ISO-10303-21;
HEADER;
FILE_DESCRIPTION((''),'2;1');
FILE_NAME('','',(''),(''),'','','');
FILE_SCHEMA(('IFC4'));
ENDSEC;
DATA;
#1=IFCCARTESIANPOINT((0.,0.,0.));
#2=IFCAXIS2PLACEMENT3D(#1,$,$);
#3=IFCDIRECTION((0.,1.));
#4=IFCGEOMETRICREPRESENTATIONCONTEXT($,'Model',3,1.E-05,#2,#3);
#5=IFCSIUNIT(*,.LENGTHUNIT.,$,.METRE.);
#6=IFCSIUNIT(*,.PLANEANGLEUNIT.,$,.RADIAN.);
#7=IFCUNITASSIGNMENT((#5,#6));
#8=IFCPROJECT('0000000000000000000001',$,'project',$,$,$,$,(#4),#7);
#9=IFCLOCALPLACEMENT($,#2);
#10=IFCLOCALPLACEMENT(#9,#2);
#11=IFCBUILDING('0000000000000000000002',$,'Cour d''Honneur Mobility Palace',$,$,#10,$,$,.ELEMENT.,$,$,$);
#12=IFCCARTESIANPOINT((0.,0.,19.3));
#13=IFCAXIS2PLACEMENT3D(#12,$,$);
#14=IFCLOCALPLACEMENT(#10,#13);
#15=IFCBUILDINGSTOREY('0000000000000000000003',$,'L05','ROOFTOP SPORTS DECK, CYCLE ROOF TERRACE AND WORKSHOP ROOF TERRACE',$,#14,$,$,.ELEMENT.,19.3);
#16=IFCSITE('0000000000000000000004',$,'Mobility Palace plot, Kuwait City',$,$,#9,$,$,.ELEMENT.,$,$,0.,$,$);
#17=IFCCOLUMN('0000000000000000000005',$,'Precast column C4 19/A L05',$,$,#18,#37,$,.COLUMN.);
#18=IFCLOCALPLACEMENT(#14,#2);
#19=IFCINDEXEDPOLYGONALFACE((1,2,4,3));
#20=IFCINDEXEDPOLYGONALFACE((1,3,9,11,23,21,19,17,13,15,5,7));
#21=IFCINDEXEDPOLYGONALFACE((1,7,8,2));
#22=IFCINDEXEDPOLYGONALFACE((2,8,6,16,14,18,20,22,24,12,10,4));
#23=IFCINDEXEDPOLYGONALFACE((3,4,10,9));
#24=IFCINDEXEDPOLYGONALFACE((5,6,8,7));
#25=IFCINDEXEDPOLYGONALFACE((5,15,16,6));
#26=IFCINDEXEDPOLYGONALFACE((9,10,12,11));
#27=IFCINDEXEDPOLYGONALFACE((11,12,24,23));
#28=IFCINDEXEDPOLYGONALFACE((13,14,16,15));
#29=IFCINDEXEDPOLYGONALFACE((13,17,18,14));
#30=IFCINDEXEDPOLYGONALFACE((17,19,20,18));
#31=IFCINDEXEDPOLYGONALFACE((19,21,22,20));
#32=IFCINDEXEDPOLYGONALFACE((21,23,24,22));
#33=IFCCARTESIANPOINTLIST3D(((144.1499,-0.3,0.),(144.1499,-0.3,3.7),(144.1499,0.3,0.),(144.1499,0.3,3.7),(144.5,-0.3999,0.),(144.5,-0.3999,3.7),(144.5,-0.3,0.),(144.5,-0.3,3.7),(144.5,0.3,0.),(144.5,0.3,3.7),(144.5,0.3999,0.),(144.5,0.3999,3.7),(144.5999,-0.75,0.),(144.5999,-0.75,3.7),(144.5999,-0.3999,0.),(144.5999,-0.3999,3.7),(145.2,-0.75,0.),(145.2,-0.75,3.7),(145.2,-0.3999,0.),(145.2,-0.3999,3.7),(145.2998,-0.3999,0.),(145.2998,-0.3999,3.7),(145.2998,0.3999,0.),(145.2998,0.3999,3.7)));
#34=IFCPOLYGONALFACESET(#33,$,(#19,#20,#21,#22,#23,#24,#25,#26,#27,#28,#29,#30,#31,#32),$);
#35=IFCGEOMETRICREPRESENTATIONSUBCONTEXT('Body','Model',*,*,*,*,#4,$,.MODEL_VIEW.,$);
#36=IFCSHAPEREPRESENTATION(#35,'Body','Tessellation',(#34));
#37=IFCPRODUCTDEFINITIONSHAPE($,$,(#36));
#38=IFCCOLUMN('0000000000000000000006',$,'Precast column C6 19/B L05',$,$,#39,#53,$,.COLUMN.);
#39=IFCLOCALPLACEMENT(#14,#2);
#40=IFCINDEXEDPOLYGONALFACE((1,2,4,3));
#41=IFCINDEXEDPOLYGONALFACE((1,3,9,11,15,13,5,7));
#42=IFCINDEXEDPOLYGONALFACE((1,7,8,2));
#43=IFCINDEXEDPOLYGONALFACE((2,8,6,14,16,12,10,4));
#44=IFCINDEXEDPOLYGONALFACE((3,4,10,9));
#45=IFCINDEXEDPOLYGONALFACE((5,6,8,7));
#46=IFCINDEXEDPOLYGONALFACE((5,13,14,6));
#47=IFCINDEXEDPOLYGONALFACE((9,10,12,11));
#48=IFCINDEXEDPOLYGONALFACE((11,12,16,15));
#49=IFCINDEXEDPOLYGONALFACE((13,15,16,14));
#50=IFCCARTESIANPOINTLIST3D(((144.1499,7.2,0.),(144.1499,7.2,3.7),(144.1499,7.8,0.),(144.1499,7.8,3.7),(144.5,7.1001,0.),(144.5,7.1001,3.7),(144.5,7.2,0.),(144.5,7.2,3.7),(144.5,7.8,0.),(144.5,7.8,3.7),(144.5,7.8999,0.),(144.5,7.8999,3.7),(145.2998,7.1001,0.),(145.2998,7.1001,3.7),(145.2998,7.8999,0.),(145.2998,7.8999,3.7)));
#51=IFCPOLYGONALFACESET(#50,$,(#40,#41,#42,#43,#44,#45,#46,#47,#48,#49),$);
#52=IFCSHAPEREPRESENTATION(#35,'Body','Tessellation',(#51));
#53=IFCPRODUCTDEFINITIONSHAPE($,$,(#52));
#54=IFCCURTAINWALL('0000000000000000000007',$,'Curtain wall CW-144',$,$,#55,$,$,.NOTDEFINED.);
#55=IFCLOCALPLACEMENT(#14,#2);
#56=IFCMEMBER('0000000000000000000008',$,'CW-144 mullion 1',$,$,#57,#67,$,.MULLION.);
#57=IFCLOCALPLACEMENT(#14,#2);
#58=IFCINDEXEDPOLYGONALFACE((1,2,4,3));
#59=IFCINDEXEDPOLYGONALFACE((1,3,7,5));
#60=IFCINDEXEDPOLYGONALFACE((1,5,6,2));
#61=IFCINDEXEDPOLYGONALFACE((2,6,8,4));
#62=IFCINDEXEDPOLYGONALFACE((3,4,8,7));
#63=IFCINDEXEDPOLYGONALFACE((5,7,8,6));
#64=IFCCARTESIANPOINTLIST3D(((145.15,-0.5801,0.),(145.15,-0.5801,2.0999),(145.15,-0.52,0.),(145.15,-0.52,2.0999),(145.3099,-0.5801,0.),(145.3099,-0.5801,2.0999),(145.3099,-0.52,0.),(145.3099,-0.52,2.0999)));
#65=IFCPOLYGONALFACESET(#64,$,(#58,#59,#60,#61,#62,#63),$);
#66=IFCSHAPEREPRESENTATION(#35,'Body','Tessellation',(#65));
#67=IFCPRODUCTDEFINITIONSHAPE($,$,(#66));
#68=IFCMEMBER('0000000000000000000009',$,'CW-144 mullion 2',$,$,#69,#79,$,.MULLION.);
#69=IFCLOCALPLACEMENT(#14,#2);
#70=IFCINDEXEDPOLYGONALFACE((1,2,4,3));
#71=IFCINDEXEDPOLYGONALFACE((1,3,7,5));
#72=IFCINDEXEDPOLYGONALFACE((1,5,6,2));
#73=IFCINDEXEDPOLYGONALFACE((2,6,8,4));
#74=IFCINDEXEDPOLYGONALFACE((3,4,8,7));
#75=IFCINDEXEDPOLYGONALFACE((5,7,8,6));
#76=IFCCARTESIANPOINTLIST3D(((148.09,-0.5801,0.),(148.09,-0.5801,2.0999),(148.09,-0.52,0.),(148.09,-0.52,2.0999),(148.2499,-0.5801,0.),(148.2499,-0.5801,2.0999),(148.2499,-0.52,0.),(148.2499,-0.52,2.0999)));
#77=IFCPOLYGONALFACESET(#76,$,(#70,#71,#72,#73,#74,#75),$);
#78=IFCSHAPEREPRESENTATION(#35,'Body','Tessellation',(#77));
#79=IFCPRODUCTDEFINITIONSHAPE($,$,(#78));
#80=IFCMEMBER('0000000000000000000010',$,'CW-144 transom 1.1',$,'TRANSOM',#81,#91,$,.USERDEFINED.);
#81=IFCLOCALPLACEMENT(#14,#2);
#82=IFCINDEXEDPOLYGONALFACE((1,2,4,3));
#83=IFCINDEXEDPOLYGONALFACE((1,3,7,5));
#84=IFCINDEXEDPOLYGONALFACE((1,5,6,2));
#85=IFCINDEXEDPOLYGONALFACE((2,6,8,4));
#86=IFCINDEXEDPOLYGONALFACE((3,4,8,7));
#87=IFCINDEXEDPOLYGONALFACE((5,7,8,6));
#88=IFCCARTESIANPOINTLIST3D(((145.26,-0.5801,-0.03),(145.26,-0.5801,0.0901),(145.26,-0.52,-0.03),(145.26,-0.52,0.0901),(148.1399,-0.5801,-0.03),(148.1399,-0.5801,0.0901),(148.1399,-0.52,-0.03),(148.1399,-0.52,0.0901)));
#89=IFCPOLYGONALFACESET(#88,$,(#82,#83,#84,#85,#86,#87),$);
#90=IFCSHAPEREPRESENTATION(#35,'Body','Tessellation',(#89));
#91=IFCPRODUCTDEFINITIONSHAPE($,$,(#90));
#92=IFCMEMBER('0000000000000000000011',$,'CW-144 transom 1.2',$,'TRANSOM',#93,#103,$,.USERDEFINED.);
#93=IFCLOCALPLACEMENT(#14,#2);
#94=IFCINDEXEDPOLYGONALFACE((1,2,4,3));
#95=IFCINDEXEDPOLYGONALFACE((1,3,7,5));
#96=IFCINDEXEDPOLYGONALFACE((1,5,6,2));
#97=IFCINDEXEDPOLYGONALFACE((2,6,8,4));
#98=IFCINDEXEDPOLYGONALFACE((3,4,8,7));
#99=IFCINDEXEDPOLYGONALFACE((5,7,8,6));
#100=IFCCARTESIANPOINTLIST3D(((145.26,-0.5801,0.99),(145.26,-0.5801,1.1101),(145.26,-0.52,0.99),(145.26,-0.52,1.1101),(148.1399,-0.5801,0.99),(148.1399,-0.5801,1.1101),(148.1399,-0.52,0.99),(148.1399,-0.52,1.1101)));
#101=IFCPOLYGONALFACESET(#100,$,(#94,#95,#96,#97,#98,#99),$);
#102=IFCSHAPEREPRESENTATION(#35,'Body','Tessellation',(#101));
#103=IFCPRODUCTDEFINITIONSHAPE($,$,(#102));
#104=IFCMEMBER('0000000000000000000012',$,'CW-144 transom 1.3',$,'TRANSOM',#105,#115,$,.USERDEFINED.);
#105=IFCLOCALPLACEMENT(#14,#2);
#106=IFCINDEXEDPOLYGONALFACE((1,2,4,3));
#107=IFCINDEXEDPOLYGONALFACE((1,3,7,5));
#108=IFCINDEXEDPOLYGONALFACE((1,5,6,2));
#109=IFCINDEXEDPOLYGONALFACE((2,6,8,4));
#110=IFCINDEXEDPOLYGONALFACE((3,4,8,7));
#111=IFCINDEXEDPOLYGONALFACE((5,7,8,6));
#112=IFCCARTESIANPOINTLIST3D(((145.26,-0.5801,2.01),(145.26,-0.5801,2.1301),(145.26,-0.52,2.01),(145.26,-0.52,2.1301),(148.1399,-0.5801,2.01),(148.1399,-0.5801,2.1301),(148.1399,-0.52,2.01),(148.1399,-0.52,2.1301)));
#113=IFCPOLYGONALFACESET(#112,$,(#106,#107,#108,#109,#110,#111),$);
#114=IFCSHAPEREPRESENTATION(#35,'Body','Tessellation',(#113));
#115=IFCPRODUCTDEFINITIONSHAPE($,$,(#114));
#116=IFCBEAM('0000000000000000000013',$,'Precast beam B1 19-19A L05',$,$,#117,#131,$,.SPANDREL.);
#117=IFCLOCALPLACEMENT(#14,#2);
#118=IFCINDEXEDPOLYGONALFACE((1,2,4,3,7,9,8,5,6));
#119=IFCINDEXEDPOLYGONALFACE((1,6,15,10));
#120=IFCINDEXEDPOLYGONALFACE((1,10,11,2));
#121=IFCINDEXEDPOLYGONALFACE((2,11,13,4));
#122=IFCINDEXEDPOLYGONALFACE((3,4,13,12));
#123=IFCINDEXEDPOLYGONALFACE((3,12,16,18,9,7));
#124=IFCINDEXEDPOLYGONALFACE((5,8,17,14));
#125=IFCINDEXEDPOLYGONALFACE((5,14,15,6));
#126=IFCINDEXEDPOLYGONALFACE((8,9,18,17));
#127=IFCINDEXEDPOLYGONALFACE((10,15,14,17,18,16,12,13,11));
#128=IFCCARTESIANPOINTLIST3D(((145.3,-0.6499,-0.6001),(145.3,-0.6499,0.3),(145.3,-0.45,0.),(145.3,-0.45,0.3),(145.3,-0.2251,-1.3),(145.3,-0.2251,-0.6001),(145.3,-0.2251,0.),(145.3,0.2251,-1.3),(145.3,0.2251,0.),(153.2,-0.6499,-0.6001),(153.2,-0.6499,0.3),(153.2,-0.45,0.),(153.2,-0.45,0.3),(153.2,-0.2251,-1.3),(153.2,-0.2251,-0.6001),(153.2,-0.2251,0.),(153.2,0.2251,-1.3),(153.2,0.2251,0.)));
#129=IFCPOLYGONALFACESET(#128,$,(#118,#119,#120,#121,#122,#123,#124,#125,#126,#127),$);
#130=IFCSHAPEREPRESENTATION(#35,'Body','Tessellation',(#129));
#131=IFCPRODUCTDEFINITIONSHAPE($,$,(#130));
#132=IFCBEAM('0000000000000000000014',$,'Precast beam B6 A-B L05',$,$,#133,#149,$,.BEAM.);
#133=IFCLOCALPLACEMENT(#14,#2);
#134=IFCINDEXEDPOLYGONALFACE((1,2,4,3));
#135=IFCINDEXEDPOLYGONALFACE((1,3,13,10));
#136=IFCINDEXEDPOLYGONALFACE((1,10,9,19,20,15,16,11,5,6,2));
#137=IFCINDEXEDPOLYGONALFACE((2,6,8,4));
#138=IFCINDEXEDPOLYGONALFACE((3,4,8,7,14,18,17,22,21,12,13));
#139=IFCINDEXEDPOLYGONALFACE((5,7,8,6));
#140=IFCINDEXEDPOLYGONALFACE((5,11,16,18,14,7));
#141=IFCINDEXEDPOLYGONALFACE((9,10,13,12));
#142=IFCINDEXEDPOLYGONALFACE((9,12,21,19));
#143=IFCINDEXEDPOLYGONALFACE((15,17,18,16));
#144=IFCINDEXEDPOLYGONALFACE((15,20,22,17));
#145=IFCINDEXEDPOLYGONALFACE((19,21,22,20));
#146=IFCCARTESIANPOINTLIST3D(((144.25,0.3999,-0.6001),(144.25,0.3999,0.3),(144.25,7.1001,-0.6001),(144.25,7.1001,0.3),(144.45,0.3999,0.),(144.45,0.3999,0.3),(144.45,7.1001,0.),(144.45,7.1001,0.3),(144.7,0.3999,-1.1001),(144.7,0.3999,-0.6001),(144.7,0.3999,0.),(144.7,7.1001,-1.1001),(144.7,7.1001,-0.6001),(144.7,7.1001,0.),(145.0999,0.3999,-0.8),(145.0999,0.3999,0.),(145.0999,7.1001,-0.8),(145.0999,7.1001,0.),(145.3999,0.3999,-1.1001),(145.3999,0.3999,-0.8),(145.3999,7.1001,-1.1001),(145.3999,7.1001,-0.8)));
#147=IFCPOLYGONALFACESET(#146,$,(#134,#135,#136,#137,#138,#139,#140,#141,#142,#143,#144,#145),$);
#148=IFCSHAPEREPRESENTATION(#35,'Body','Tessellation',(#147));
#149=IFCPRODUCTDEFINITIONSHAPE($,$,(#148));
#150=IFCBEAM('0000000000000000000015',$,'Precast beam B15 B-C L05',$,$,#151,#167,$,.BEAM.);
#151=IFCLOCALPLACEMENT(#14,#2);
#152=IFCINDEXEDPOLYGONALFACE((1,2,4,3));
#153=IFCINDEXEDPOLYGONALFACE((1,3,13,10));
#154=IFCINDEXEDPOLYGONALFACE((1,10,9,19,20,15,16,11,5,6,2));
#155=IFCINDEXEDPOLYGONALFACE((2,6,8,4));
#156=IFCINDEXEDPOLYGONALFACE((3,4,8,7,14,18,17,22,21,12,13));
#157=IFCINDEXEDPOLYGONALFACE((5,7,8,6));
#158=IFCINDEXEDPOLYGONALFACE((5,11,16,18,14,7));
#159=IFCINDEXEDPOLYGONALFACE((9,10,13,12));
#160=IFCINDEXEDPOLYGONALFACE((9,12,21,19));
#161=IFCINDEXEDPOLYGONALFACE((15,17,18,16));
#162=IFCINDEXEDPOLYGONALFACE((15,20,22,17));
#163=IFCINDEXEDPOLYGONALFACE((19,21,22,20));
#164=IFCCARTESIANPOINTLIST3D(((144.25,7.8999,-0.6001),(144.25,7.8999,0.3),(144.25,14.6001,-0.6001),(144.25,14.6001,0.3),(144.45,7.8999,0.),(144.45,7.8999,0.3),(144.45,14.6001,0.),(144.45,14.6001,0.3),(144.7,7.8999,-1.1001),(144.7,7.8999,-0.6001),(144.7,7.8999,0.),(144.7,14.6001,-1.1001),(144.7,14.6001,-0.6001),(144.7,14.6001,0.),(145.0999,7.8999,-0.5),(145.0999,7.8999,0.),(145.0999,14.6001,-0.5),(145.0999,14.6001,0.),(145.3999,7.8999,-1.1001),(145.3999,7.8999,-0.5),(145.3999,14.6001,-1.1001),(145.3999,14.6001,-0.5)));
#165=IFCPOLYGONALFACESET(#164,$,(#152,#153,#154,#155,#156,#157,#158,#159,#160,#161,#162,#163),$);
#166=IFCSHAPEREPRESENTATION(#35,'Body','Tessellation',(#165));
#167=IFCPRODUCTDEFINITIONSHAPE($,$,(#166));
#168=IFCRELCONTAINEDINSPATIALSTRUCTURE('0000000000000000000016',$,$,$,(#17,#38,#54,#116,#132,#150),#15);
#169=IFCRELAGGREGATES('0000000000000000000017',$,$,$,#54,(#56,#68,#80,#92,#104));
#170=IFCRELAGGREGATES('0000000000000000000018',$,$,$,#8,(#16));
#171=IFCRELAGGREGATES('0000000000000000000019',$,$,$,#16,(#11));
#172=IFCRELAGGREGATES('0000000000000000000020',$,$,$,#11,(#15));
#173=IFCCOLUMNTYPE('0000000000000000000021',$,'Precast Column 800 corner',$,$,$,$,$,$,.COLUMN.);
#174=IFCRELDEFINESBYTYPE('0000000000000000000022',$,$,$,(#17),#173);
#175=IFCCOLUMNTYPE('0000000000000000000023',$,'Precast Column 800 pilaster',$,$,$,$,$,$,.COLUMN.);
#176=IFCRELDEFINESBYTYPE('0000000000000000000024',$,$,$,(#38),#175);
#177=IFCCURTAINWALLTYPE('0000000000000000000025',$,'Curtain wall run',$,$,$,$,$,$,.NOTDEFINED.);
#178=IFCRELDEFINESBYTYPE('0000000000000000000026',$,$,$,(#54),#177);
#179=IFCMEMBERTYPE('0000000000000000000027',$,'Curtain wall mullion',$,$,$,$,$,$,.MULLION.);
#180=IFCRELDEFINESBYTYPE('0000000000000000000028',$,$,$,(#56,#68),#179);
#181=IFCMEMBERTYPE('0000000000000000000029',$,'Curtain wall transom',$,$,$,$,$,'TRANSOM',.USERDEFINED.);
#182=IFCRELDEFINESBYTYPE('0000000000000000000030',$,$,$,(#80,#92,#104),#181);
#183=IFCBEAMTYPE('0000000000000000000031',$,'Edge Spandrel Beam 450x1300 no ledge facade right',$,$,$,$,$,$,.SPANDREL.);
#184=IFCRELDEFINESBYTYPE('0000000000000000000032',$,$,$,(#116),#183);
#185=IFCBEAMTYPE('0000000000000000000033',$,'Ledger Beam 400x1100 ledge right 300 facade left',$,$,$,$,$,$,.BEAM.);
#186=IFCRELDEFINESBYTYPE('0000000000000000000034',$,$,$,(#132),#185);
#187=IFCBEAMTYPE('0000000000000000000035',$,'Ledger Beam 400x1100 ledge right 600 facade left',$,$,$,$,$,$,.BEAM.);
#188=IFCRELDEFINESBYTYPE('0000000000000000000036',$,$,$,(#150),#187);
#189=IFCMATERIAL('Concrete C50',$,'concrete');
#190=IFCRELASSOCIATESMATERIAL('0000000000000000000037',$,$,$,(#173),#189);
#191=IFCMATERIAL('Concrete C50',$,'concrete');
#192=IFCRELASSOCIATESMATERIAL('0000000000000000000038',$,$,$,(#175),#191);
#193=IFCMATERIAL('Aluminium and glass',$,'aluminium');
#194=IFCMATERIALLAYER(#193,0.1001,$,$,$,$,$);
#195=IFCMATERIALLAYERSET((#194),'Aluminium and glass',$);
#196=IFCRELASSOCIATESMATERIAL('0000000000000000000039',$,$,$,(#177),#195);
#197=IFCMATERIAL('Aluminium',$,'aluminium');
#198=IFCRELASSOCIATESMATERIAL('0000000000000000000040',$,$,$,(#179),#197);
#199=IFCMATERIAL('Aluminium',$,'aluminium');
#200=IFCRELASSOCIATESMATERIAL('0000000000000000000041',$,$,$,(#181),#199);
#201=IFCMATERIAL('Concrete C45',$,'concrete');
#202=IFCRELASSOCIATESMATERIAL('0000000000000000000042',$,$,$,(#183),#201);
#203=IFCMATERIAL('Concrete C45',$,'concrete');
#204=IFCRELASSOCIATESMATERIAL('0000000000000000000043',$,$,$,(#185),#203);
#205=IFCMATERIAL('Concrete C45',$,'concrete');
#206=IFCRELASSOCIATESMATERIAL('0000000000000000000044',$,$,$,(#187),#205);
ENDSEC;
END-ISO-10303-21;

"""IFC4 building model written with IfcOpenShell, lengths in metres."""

from ifc_helpers import new_model, si_unit, direction, frame, origin, origin_2d, place, context, subcontext, project, spatial, polyline, rectangle, outline, extrude, material, layer, layer_set, material_profile, profile_set, type_object, element, aggregate, save


model = new_model("IFC4")

# Units and contexts
model_context = context("Model", 3, precision=1e-05, world=origin(), true_north=direction((0.0, 1.0)))
body_context = subcontext(model_context, "Body", "Model", "MODEL_VIEW")
ifc_project = project(units=[si_unit("LENGTHUNIT", "METRE"), si_unit("PLANEANGLEUNIT", "RADIAN")], contexts=[model_context])

# Site, building, storey
site_placement = place(None, origin())
site = spatial("IfcSite", under=ifc_project, at=site_placement, Name="Mobility Palace plot, Kuwait City", CompositionType="ELEMENT", RefElevation=0.0)
building_placement = place(site_placement, origin())
building = spatial("IfcBuilding", under=site, at=building_placement, Name="Cour d'Honneur Mobility Palace", CompositionType="ELEMENT")
storey_placement = place(building_placement, frame((0.0, 0.0, 19.3)))
storey = spatial("IfcBuildingStorey", under=building, at=storey_placement, Name="L05", Description="ROOFTOP SPORTS DECK, CYCLE ROOF TERRACE AND WORKSHOP ROOF TERRACE", CompositionType="ELEMENT", Elevation=19.3)

# Columns
ifc_material_1 = material(Name="Concrete C50", Category="concrete")
ifc_material_profile_1 = material_profile(ifc_material_1, outline(polyline([(-0.3999, -0.3999), (0.3999, -0.3999), (0.3999, -0.3), (0.75, -0.3), (0.75, 0.3), (0.3999, 0.3), (0.3999, 0.3999), (0.3, 0.3999), (0.3, 0.75), (-0.3, 0.75), (-0.3, 0.3999), (-0.3999, 0.3999), (-0.3999, -0.3999)])), Name="PC C800 corner")
ifc_profile_set_1 = profile_set([ifc_material_profile_1], Name="Concrete C50")
column_type_1 = type_object("IfcColumnType", Name="Precast Column 800 corner", PredefinedType="COLUMN", material=ifc_profile_set_1)
column_1_placement = place(storey_placement, frame((144.8999, 0.0, 0.0), z_axis=(0.0, 0.0, 1.0), x_axis=(-1.0, 0.0, 0.0)))
element("IfcColumn", 1, at=column_1_placement, inside=storey, type_object=column_type_1, Name="Precast column C4 19/A L05", PredefinedType="COLUMN", context=body_context, shape_type="SweptSolid", body=[
    extrude(outline(polyline([(-0.3999, -0.3999), (0.3999, -0.3999), (0.3999, -0.3), (0.75, -0.3), (0.75, 0.3), (0.3999, 0.3), (0.3999, 0.3999), (0.3, 0.3999), (0.3, 0.75), (-0.3, 0.75), (-0.3, 0.3999), (-0.3999, 0.3999), (-0.3999, -0.3999)])), origin(), (0.0, 0.0, 1.0), 3.7),
])
ifc_material_2 = material(Name="Concrete C50", Category="concrete")
ifc_material_profile_2 = material_profile(ifc_material_2, outline(polyline([(-0.3999, -0.3999), (0.3999, -0.3999), (0.3999, -0.3), (0.75, -0.3), (0.75, 0.3), (0.3999, 0.3), (0.3999, 0.3999), (-0.3999, 0.3999), (-0.3999, -0.3999)])), Name="PC C800 pilaster")
ifc_profile_set_2 = profile_set([ifc_material_profile_2], Name="Concrete C50")
column_type_2 = type_object("IfcColumnType", Name="Precast Column 800 pilaster", PredefinedType="COLUMN", material=ifc_profile_set_2)
column_2_placement = place(storey_placement, frame((144.8999, 7.5, 0.0), z_axis=(0.0, 0.0, 1.0), x_axis=(-1.0, 0.0, 0.0)))
element("IfcColumn", 2, at=column_2_placement, inside=storey, type_object=column_type_2, Name="Precast column C6 19/B L05", PredefinedType="COLUMN", context=body_context, shape_type="SweptSolid", body=[
    extrude(outline(polyline([(-0.3999, -0.3999), (0.3999, -0.3999), (0.3999, -0.3), (0.75, -0.3), (0.75, 0.3), (0.3999, 0.3), (0.3999, 0.3999), (-0.3999, 0.3999), (-0.3999, -0.3999)])), origin(), (0.0, 0.0, 1.0), 3.7),
])

# Curtain wall, members
ifc_material_3 = material(Name="Aluminium and glass", Category="aluminium")
ifc_layer_1 = layer(ifc_material_3, 0.1001)
ifc_layer_set_1 = layer_set([ifc_layer_1], Name="Aluminium and glass")
curtain_wall_type = type_object("IfcCurtainWallType", Name="Curtain wall run", PredefinedType="NOTDEFINED", material=ifc_layer_set_1)
curtain_wall_placement = place(storey_placement, origin())
curtain_wall = element("IfcCurtainWall", 3, at=curtain_wall_placement, inside=storey, type_object=curtain_wall_type, Name="Curtain wall CW-144", PredefinedType="NOTDEFINED")
ifc_material_4 = material(Name="Aluminium", Category="aluminium")
ifc_material_profile_3 = material_profile(ifc_material_4, rectangle(XDim=0.0601, YDim=0.1599, at=origin_2d()), Name="Curtain wall mullion")
ifc_profile_set_3 = profile_set([ifc_material_profile_3], Name="Aluminium")
member_type_1 = type_object("IfcMemberType", Name="Curtain wall mullion", PredefinedType="MULLION", material=ifc_profile_set_3)
member_1_placement = place(storey_placement, frame((145.23, -0.55, 0.0), z_axis=(0.0, 0.0, 1.0), x_axis=(0.0, 1.0, 0.0)))
member_1 = element("IfcMember", 4, at=member_1_placement, type_object=member_type_1, Name="CW-144 mullion 1", PredefinedType="MULLION", context=body_context, shape_type="SweptSolid", body=[
    extrude(rectangle(XDim=0.0601, YDim=0.1599, at=origin_2d()), origin(), (0.0, 0.0, 1.0), 2.0999),
])
member_2_placement = place(storey_placement, frame((148.1699, -0.55, 0.0), z_axis=(0.0, 0.0, 1.0), x_axis=(0.0, 1.0, 0.0)))
member_2 = element("IfcMember", 5, at=member_2_placement, type_object=member_type_1, Name="CW-144 mullion 2", PredefinedType="MULLION", context=body_context, shape_type="SweptSolid", body=[
    extrude(rectangle(XDim=0.0601, YDim=0.1599, at=origin_2d()), origin(), (0.0, 0.0, 1.0), 2.0999),
])
ifc_material_5 = material(Name="Aluminium", Category="aluminium")
ifc_material_profile_4 = material_profile(ifc_material_5, rectangle(XDim=0.0601, YDim=0.1201, at=origin_2d()), Name="Curtain wall transom")
ifc_profile_set_4 = profile_set([ifc_material_profile_4], Name="Aluminium")
member_type_2 = type_object("IfcMemberType", Name="Curtain wall transom", ElementType="TRANSOM", PredefinedType="USERDEFINED", material=ifc_profile_set_4)
member_3_placement = place(storey_placement, frame((145.26, -0.55, 0.03), z_axis=(1.0, 0.0, 0.0), x_axis=(0.0, 1.0, 0.0)))
member_3 = element("IfcMember", 6, at=member_3_placement, type_object=member_type_2, Name="CW-144 transom 1.1", ObjectType="TRANSOM", PredefinedType="USERDEFINED", context=body_context, shape_type="SweptSolid", body=[
    extrude(rectangle(XDim=0.0601, YDim=0.1201, at=origin_2d()), origin(), (0.0, 0.0, 1.0), 2.8799),
])
member_4_placement = place(storey_placement, frame((145.26, -0.55, 1.05), z_axis=(1.0, 0.0, 0.0), x_axis=(0.0, 1.0, 0.0)))
member_4 = element("IfcMember", 7, at=member_4_placement, type_object=member_type_2, Name="CW-144 transom 1.2", ObjectType="TRANSOM", PredefinedType="USERDEFINED", context=body_context, shape_type="SweptSolid", body=[
    extrude(rectangle(XDim=0.0601, YDim=0.1201, at=origin_2d()), origin(), (0.0, 0.0, 1.0), 2.8799),
])
member_5_placement = place(storey_placement, frame((145.26, -0.55, 2.0701), z_axis=(1.0, 0.0, 0.0), x_axis=(0.0, 1.0, 0.0)))
member_5 = element("IfcMember", 8, at=member_5_placement, type_object=member_type_2, Name="CW-144 transom 1.3", ObjectType="TRANSOM", PredefinedType="USERDEFINED", context=body_context, shape_type="SweptSolid", body=[
    extrude(rectangle(XDim=0.0601, YDim=0.1201, at=origin_2d()), origin(), (0.0, 0.0, 1.0), 2.8799),
])

# Beams
ifc_material_6 = material(Name="Concrete C45", Category="concrete")
ifc_material_profile_5 = material_profile(ifc_material_6, outline(polyline([(0.2251, -1.3), (0.2251, 0.0), (-0.2251, 0.0), (-0.45, 0.0), (-0.45, 0.3), (-0.6499, 0.3), (-0.6499, -0.6001), (-0.2251, -0.6001), (-0.2251, -1.3), (0.2251, -1.3)])), Name="Edge Spandrel Beam 450x1300 no ledge facade right")
ifc_profile_set_5 = profile_set([ifc_material_profile_5], Name="Concrete C45")
beam_type_1 = type_object("IfcBeamType", Name="Edge Spandrel Beam 450x1300 no ledge facade right", PredefinedType="SPANDREL", material=ifc_profile_set_5)
beam_1_placement = place(storey_placement, frame((145.3, 0.0, 0.0), z_axis=(1.0, 0.0, 0.0), x_axis=(0.0, 1.0, 0.0)))
element("IfcBeam", 9, at=beam_1_placement, inside=storey, type_object=beam_type_1, Name="Precast beam B1 19-19A L05", PredefinedType="SPANDREL", context=body_context, shape_type="SweptSolid", body=[
    extrude(outline(polyline([(0.2251, -1.3), (0.2251, 0.0), (-0.2251, 0.0), (-0.45, 0.0), (-0.45, 0.3), (-0.6499, 0.3), (-0.6499, -0.6001), (-0.2251, -0.6001), (-0.2251, -1.3), (0.2251, -1.3)])), origin(), (0.0, 0.0, 1.0), 7.8999),
])
ifc_material_7 = material(Name="Concrete C45", Category="concrete")
ifc_material_profile_6 = material_profile(ifc_material_7, outline(polyline([(0.2, -1.1001), (0.2, -0.6001), (0.6499, -0.6001), (0.6499, 0.3), (0.45, 0.3), (0.45, 0.0), (0.2, 0.0), (-0.2, 0.0), (-0.2, -0.8), (-0.5, -0.8), (-0.5, -1.1001), (0.2, -1.1001)])), Name="Ledger Beam 400x1100 ledge right 300 facade left")
ifc_profile_set_6 = profile_set([ifc_material_profile_6], Name="Concrete C45")
beam_type_2 = type_object("IfcBeamType", Name="Ledger Beam 400x1100 ledge right 300 facade left", PredefinedType="BEAM", material=ifc_profile_set_6)
beam_2_placement = place(storey_placement, frame((144.8999, 0.3999, 0.0), z_axis=(0.0, 1.0, 0.0), x_axis=(-1.0, 0.0, 0.0)))
element("IfcBeam", 10, at=beam_2_placement, inside=storey, type_object=beam_type_2, Name="Precast beam B6 A-B L05", PredefinedType="BEAM", context=body_context, shape_type="SweptSolid", body=[
    extrude(outline(polyline([(0.2, -1.1001), (0.2, -0.6001), (0.6499, -0.6001), (0.6499, 0.3), (0.45, 0.3), (0.45, 0.0), (0.2, 0.0), (-0.2, 0.0), (-0.2, -0.8), (-0.5, -0.8), (-0.5, -1.1001), (0.2, -1.1001)])), origin(), (0.0, 0.0, 1.0), 6.7002),
])
ifc_material_8 = material(Name="Concrete C45", Category="concrete")
ifc_material_profile_7 = material_profile(ifc_material_8, outline(polyline([(0.2, -1.1001), (0.2, -0.6001), (0.6499, -0.6001), (0.6499, 0.3), (0.45, 0.3), (0.45, 0.0), (0.2, 0.0), (-0.2, 0.0), (-0.2, -0.5), (-0.5, -0.5), (-0.5, -1.1001), (0.2, -1.1001)])), Name="Ledger Beam 400x1100 ledge right 600 facade left")
ifc_profile_set_7 = profile_set([ifc_material_profile_7], Name="Concrete C45")
beam_type_3 = type_object("IfcBeamType", Name="Ledger Beam 400x1100 ledge right 600 facade left", PredefinedType="BEAM", material=ifc_profile_set_7)
beam_3_placement = place(storey_placement, frame((144.8999, 7.8999, 0.0), z_axis=(0.0, 1.0, 0.0), x_axis=(-1.0, 0.0, 0.0)))
element("IfcBeam", 11, at=beam_3_placement, inside=storey, type_object=beam_type_3, Name="Precast beam B15 B-C L05", PredefinedType="BEAM", context=body_context, shape_type="SweptSolid", body=[
    extrude(outline(polyline([(0.2, -1.1001), (0.2, -0.6001), (0.6499, -0.6001), (0.6499, 0.3), (0.45, 0.3), (0.45, 0.0), (0.2, 0.0), (-0.2, 0.0), (-0.2, -0.5), (-0.5, -0.5), (-0.5, -1.1001), (0.2, -1.1001)])), origin(), (0.0, 0.0, 1.0), 6.7002),
])

aggregate(curtain_wall, [member_1, member_2, member_3, member_4, member_5])

save(model, "model.ifc")
